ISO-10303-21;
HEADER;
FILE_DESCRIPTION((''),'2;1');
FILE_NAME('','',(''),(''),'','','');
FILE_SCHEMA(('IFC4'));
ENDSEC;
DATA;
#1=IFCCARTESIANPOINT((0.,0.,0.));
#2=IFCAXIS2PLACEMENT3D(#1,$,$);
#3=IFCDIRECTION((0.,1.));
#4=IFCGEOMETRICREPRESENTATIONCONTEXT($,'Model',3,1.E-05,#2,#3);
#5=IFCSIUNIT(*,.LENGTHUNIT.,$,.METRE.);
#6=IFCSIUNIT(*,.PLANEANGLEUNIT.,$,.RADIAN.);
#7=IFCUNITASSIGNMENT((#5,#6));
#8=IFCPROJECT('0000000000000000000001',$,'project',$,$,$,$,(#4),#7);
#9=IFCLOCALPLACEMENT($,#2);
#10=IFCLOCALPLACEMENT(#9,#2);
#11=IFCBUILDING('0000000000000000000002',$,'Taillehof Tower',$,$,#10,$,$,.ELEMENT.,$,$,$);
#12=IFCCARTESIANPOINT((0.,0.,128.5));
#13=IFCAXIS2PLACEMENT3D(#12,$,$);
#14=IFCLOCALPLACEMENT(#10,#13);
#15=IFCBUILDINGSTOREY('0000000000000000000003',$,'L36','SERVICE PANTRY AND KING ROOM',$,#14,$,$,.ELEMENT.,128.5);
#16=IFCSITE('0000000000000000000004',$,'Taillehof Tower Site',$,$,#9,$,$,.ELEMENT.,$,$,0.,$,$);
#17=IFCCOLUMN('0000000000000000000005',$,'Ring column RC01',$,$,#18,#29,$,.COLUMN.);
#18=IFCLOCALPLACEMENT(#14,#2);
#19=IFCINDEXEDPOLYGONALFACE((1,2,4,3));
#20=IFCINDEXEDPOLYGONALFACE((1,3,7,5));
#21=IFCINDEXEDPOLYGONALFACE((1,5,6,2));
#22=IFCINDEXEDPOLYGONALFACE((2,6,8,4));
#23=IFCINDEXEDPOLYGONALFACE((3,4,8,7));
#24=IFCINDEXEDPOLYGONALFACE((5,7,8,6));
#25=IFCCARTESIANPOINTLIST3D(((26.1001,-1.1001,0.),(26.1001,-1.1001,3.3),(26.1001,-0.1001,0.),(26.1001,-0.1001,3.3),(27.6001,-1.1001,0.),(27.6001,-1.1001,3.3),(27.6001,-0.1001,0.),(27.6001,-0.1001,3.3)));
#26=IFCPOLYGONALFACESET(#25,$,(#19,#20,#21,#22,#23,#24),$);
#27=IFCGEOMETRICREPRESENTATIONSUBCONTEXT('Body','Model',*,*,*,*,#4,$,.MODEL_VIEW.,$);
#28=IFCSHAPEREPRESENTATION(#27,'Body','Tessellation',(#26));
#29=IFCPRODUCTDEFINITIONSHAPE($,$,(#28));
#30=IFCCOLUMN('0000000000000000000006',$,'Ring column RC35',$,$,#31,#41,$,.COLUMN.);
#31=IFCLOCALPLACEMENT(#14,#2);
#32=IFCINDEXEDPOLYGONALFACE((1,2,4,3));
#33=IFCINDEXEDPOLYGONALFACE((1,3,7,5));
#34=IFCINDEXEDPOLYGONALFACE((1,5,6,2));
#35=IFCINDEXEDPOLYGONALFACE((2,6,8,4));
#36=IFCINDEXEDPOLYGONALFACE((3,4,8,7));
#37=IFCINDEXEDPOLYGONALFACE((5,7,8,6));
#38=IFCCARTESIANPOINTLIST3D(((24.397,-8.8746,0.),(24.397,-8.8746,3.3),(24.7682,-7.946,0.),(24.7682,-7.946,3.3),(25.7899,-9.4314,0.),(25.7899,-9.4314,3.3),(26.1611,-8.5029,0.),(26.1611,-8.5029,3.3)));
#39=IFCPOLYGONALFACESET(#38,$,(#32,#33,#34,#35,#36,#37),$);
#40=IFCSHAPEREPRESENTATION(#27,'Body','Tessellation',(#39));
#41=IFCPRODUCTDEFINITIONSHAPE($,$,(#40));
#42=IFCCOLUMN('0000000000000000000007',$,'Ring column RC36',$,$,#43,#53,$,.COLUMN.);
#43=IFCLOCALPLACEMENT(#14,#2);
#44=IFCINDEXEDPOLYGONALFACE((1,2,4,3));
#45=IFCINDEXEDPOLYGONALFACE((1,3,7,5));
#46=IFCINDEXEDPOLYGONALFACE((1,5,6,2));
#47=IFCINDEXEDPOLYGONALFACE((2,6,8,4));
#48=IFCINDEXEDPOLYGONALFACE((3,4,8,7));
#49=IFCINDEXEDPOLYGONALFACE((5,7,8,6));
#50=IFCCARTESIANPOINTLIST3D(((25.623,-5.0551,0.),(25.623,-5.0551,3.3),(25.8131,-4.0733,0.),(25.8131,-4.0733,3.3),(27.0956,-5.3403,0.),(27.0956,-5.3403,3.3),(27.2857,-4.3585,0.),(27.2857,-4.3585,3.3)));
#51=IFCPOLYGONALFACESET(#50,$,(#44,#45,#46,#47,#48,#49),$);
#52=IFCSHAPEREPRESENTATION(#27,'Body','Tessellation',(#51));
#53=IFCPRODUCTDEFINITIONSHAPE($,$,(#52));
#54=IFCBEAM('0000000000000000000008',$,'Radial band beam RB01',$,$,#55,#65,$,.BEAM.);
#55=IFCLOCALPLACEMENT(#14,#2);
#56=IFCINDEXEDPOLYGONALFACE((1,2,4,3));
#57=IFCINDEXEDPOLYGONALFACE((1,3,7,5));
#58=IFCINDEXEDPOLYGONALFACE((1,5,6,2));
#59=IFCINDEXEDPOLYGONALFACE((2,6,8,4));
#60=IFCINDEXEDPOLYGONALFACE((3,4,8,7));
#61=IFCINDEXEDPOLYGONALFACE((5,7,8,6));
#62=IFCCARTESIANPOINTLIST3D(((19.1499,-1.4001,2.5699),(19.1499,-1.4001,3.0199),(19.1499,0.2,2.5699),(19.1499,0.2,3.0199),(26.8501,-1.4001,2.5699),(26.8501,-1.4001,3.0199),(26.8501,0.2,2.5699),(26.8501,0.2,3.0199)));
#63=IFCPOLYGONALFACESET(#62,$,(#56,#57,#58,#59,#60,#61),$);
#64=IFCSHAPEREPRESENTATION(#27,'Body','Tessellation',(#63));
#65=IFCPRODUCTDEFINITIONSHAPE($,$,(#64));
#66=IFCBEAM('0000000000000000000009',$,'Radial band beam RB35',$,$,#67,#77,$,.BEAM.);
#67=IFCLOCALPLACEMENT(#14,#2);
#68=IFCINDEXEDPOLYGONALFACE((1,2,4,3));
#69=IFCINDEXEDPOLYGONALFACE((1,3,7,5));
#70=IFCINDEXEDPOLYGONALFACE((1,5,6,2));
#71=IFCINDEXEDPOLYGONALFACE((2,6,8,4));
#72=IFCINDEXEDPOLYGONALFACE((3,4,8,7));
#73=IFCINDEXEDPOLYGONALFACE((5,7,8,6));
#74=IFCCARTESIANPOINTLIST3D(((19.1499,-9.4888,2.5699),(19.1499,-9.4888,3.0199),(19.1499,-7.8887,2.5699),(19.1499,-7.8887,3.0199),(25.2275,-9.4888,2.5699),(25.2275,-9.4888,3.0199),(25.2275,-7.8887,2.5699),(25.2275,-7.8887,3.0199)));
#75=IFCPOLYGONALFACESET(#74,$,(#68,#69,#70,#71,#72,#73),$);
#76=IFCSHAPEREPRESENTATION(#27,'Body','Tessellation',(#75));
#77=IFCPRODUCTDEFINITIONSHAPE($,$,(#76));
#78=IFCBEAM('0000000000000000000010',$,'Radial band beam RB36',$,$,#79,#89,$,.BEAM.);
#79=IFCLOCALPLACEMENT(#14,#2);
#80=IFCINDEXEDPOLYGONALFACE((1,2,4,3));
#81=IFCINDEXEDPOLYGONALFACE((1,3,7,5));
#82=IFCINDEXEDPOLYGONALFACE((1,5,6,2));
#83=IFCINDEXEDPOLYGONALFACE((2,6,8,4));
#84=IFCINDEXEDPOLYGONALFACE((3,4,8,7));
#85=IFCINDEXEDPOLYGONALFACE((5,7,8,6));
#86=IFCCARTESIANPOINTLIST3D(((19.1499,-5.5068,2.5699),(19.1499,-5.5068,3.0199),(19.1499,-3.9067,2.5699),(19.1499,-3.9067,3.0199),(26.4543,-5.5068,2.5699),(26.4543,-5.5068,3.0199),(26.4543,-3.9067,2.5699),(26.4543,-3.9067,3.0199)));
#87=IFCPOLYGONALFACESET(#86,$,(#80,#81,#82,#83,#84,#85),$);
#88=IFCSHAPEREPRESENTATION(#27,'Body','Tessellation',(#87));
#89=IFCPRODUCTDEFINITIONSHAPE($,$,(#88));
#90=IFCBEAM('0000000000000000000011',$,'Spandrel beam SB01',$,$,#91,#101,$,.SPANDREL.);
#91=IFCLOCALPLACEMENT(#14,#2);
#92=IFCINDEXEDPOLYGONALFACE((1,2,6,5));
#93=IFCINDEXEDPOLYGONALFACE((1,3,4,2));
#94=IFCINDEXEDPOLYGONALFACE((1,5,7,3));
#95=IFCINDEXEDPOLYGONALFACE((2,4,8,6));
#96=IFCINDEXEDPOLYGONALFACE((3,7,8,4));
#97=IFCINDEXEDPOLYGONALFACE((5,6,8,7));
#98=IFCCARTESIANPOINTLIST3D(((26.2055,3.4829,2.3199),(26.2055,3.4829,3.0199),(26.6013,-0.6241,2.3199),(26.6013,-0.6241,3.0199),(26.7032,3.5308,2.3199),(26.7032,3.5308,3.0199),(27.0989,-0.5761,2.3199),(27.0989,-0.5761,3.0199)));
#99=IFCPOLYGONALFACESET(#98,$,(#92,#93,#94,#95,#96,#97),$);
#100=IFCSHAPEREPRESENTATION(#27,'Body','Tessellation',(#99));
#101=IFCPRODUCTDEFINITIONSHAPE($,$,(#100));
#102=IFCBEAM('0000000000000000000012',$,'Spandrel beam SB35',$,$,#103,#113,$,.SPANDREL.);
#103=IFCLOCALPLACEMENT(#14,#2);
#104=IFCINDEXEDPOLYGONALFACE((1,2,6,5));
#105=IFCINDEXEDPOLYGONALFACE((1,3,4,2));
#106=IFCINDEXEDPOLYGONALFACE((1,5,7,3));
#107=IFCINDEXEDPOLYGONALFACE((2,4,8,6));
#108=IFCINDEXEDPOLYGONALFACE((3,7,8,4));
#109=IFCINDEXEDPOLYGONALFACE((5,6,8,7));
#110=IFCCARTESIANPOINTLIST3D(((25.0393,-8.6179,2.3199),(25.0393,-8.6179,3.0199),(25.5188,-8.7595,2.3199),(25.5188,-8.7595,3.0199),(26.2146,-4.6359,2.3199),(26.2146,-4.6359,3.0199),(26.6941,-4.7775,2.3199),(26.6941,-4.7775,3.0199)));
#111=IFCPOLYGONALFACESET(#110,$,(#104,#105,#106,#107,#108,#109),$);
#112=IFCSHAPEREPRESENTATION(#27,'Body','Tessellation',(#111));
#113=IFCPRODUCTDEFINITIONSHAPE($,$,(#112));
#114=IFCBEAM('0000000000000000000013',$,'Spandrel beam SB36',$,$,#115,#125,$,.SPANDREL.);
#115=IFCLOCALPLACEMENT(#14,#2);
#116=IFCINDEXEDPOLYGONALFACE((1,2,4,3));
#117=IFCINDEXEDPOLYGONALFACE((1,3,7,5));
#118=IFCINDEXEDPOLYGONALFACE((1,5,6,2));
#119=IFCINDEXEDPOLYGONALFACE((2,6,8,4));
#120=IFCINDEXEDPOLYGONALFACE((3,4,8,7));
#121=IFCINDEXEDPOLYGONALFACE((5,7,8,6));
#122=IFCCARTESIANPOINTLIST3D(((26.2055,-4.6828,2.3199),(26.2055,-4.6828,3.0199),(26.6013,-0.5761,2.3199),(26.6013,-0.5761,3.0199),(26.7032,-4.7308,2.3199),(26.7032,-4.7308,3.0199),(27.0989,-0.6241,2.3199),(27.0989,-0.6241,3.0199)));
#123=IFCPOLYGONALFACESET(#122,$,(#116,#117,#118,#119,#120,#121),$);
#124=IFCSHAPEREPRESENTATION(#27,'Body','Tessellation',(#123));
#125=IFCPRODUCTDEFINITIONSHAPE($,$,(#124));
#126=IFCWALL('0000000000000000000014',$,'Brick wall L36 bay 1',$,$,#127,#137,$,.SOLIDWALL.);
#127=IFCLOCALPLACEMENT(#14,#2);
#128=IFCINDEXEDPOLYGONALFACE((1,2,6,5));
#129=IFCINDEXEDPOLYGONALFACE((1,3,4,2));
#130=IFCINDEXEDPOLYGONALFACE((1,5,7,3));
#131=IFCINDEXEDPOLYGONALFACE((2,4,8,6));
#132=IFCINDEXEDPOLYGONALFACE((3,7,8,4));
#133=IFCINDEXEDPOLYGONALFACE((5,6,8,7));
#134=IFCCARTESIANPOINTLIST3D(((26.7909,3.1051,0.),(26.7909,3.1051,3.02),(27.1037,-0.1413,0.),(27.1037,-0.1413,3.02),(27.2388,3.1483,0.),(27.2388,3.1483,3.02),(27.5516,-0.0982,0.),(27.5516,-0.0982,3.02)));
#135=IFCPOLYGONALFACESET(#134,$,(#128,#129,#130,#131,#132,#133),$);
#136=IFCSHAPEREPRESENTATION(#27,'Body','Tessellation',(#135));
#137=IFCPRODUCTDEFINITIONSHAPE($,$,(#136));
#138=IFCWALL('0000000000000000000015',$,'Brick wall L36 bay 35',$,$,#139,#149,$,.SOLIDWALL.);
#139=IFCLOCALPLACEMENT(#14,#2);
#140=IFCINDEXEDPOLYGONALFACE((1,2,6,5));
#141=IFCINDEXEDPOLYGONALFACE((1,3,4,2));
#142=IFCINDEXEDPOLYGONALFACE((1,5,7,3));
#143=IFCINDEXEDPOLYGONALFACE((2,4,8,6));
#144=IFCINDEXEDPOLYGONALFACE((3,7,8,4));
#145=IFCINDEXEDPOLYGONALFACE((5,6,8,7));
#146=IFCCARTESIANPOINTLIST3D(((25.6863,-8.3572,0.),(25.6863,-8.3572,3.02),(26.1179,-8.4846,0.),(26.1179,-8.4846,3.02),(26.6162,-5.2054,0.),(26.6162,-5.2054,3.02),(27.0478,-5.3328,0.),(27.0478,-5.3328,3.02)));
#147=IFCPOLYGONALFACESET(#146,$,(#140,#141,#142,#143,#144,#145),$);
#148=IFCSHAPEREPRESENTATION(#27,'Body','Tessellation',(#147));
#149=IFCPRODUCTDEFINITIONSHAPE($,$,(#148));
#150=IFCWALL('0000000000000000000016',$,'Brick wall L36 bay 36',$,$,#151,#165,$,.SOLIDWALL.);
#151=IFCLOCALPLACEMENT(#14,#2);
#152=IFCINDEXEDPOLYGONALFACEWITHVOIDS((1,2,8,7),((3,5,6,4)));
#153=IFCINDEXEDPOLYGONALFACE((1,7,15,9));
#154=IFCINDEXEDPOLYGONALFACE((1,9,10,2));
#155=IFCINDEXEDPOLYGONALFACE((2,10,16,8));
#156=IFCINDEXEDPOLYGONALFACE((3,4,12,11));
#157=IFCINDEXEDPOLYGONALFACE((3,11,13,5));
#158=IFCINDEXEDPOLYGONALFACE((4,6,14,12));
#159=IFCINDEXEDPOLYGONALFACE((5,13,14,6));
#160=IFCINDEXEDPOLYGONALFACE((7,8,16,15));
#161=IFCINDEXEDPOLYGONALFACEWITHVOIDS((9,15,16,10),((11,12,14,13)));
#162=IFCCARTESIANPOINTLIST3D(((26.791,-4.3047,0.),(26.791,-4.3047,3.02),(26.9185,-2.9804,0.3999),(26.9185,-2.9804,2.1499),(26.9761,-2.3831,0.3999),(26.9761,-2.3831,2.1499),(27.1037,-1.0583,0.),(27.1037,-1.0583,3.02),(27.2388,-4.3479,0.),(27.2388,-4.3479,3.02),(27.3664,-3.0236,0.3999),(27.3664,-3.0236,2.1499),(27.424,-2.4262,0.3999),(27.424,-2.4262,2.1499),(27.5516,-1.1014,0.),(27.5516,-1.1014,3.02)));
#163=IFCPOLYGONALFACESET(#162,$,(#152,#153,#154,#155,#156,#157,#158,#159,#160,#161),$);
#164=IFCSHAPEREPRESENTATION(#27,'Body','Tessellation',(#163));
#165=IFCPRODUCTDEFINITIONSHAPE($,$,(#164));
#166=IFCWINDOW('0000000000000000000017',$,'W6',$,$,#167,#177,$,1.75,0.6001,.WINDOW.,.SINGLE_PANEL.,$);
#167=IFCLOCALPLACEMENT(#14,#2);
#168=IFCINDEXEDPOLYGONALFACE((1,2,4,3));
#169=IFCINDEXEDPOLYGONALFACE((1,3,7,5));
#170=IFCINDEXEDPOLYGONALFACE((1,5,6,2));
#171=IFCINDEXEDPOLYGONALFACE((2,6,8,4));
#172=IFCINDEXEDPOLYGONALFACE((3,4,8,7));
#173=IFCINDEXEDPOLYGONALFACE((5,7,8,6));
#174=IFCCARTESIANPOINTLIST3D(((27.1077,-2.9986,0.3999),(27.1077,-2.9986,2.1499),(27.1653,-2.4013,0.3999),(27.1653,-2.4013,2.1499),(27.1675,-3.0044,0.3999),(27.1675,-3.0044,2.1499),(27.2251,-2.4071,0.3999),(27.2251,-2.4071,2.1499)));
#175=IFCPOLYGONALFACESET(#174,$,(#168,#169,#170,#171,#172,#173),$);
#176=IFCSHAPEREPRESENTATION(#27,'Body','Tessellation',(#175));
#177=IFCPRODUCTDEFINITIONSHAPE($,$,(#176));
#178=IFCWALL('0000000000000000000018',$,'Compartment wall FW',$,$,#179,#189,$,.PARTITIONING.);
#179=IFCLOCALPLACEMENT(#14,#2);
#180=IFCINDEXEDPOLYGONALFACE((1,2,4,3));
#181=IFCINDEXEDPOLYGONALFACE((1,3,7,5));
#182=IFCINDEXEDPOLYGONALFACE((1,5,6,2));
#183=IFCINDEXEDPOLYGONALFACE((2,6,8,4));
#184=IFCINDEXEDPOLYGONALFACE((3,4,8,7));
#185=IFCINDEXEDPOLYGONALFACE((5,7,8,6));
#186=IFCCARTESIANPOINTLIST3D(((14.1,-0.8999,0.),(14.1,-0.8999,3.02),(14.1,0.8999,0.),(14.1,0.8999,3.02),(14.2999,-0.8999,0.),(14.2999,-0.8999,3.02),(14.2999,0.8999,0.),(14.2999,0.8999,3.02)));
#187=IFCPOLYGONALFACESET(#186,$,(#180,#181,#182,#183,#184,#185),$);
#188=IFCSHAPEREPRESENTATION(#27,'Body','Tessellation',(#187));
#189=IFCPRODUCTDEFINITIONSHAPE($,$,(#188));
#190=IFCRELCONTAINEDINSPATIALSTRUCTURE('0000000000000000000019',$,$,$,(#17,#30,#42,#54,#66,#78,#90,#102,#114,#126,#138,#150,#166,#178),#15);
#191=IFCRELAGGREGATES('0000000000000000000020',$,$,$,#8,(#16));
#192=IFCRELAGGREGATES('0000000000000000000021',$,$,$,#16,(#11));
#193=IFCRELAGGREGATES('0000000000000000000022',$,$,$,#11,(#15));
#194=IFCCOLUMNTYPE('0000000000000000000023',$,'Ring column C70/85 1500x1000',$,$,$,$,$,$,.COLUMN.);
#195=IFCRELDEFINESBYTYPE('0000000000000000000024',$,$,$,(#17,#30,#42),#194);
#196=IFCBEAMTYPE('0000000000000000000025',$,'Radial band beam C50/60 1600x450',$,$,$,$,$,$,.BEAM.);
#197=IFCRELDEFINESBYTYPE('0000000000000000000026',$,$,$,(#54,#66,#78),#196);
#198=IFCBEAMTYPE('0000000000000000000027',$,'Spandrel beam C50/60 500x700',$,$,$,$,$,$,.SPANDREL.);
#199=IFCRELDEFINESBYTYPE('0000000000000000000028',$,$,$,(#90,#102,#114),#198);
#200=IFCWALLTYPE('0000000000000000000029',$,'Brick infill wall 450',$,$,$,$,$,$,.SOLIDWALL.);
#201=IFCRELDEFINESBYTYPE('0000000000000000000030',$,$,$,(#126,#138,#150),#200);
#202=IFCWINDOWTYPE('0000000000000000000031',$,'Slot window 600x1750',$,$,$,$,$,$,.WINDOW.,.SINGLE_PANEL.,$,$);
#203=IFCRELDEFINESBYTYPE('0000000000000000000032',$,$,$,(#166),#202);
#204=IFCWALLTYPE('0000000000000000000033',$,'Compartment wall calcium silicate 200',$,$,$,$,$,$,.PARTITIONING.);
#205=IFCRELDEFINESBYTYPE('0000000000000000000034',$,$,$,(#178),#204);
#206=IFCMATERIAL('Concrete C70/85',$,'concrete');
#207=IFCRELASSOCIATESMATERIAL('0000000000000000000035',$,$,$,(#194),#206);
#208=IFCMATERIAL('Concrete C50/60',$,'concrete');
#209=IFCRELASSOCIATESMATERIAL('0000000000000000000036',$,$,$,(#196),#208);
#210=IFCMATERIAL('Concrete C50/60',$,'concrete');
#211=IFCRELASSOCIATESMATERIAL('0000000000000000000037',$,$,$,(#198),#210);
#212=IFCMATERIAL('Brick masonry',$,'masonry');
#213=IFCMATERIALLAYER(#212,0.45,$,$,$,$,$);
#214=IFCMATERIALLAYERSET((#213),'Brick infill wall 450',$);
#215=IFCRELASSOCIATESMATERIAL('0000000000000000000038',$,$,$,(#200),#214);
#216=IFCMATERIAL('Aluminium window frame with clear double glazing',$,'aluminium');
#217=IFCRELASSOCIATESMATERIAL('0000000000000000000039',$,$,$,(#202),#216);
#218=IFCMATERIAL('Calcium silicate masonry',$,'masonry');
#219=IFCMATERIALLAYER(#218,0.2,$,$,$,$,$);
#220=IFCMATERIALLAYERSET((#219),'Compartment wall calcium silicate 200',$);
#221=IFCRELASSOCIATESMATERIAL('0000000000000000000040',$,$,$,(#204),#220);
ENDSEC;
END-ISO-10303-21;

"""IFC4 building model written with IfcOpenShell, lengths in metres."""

from ifc_helpers import new_model, si_unit, direction, frame, frame_2d, origin, origin_2d, place, context, subcontext, project, spatial, rectangle, extrude, material, layer, layer_set, material_profile, profile_set, type_object, element, fill, save


model = new_model("IFC4")

# Units and contexts
model_context = context("Model", 3, precision=1e-05, world=origin(), true_north=direction((0.0, 1.0)))
body_context = subcontext(model_context, "Body", "Model", "MODEL_VIEW")
ifc_project = project(units=[si_unit("LENGTHUNIT", "METRE"), si_unit("PLANEANGLEUNIT", "RADIAN")], contexts=[model_context])

# Site, building, storey
site_placement = place(None, origin())
site = spatial("IfcSite", under=ifc_project, at=site_placement, Name="Taillehof Tower Site", CompositionType="ELEMENT", RefElevation=0.0)
building_placement = place(site_placement, origin())
building = spatial("IfcBuilding", under=site, at=building_placement, Name="Taillehof Tower", CompositionType="ELEMENT")
storey_placement = place(building_placement, frame((0.0, 0.0, 128.5)))
storey = spatial("IfcBuildingStorey", under=building, at=storey_placement, Name="L36", Description="SERVICE PANTRY AND KING ROOM", CompositionType="ELEMENT", Elevation=128.5)

# Columns
ifc_material_1 = material(Name="Concrete C70/85", Category="concrete")
ifc_material_profile_1 = material_profile(ifc_material_1, rectangle(XDim=1.5, YDim=1.0, at=origin_2d()), Name="RC 1500x1000")
ifc_profile_set_1 = profile_set([ifc_material_profile_1], Name="Concrete C70/85")
column_type = type_object("IfcColumnType", Name="Ring column C70/85 1500x1000", PredefinedType="COLUMN", material=ifc_profile_set_1)
for number, where, z_axis, x_axis, name in (
    (1, (26.8501, -0.6001, 0.0), (0.0, 0.0, 1.0), (1.0, 0.0, 0.0), "Ring column RC01"),
    (2, (25.2791, -8.6887, 0.0), (0.0, 0.0, 1.0), (0.92855, -0.371207, 0.0), "Ring column RC35"),
    (3, (26.4543, -4.7068, 0.0), (0.0, 0.0, 1.0), (0.981757, -0.190138, 0.0), "Ring column RC36"),
):
    element("IfcColumn", number, at=place(storey_placement, frame(where, z_axis=z_axis, x_axis=x_axis)), inside=storey, type_object=column_type, Name=name, PredefinedType="COLUMN", context=body_context, shape_type="SweptSolid", body=[
        extrude(rectangle(XDim=1.5, YDim=1.0, at=origin_2d()), origin(), (0.0, 0.0, 1.0), 3.3),
    ])

# Beams
ifc_material_2 = material(Name="Concrete C50/60", Category="concrete")
ifc_material_profile_2 = material_profile(ifc_material_2, rectangle(XDim=1.6001, YDim=0.45, at=origin_2d()), Name="RC 1600x450")
ifc_profile_set_2 = profile_set([ifc_material_profile_2], Name="Concrete C50/60")
beam_type_1 = type_object("IfcBeamType", Name="Radial band beam C50/60 1600x450", PredefinedType="BEAM", material=ifc_profile_set_2)
beam_1_placement = place(storey_placement, frame((26.8501, -0.6001, 2.7949), z_axis=(-1.0, 0.0, 0.0), x_axis=(0.0, -1.0, 0.0)))
element("IfcBeam", 4, at=beam_1_placement, inside=storey, type_object=beam_type_1, Name="Radial band beam RB01", PredefinedType="BEAM", context=body_context, shape_type="SweptSolid", body=[
    extrude(rectangle(XDim=1.6001, YDim=0.45, at=origin_2d()), origin(), (0.0, 0.0, 1.0), 7.7002),
])
beam_2_placement = place(storey_placement, frame((25.2275, -8.6887, 2.7949), z_axis=(-1.0, 0.0, 0.0), x_axis=(0.0, -1.0, 0.0)))
element("IfcBeam", 5, at=beam_2_placement, inside=storey, type_object=beam_type_1, Name="Radial band beam RB35", PredefinedType="BEAM", context=body_context, shape_type="SweptSolid", body=[
    extrude(rectangle(XDim=1.6001, YDim=0.45, at=origin_2d()), origin(), (0.0, 0.0, 1.0), 6.0776),
])
beam_3_placement = place(storey_placement, frame((26.4543, -4.7068, 2.7949), z_axis=(-1.0, 0.0, 0.0), x_axis=(0.0, -1.0, 0.0)))
element("IfcBeam", 6, at=beam_3_placement, inside=storey, type_object=beam_type_1, Name="Radial band beam RB36", PredefinedType="BEAM", context=body_context, shape_type="SweptSolid", body=[
    extrude(rectangle(XDim=1.6001, YDim=0.45, at=origin_2d()), origin(), (0.0, 0.0, 1.0), 7.3044),
])
ifc_material_3 = material(Name="Concrete C50/60", Category="concrete")
ifc_material_profile_3 = material_profile(ifc_material_3, rectangle(XDim=0.5, YDim=0.7, at=origin_2d()), Name="RC 500x700")
ifc_profile_set_3 = profile_set([ifc_material_profile_3], Name="Concrete C50/60")
beam_type_2 = type_object("IfcBeamType", Name="Spandrel beam C50/60 500x700", PredefinedType="SPANDREL", material=ifc_profile_set_3)
beam_4_placement = place(storey_placement, frame((26.8501, -0.6001, 2.6699), z_axis=(-0.095918, 0.995389, 0.0), x_axis=(-0.995389, -0.095918, 0.0)))
element("IfcBeam", 7, at=beam_4_placement, inside=storey, type_object=beam_type_2, Name="Spandrel beam SB01", PredefinedType="SPANDREL", context=body_context, shape_type="SweptSolid", body=[
    extrude(rectangle(XDim=0.5, YDim=0.7, at=origin_2d()), origin(), (0.0, 0.0, 1.0), 4.126),
])
beam_5_placement = place(storey_placement, frame((25.2791, -8.6887, 2.6699), z_axis=(0.283083, 0.959095, 0.0), x_axis=(-0.959095, 0.283083, 0.0)))
element("IfcBeam", 8, at=beam_5_placement, inside=storey, type_object=beam_type_2, Name="Spandrel beam SB35", PredefinedType="SPANDREL", context=body_context, shape_type="SweptSolid", body=[
    extrude(rectangle(XDim=0.5, YDim=0.7, at=origin_2d()), origin(), (0.0, 0.0, 1.0), 4.1519),
])
beam_6_placement = place(storey_placement, frame((26.4543, -4.7068, 2.6699), z_axis=(0.095923, 0.995389, 0.0), x_axis=(-0.995389, 0.095923, 0.0)))
element("IfcBeam", 9, at=beam_6_placement, inside=storey, type_object=beam_type_2, Name="Spandrel beam SB36", PredefinedType="SPANDREL", context=body_context, shape_type="SweptSolid", body=[
    extrude(rectangle(XDim=0.5, YDim=0.7, at=origin_2d()), origin(), (0.0, 0.0, 1.0), 4.1257),
])

# Walls
ifc_material_4 = material(Name="Brick masonry", Category="masonry")
ifc_layer_1 = layer(ifc_material_4, 0.45)
ifc_layer_set_1 = layer_set([ifc_layer_1], Name="Brick infill wall 450")
wall_type_1 = type_object("IfcWallType", Name="Brick infill wall 450", PredefinedType="SOLIDWALL", material=ifc_layer_set_1)
wall_1_placement = place(storey_placement, frame((27.3276, -0.1199, 0.0), z_axis=(0.0, 0.0, 1.0), x_axis=(-0.095894, 0.995392, 0.0)))
element("IfcWall", 10, at=wall_1_placement, inside=storey, type_object=wall_type_1, Name="Brick wall L36 bay 1", PredefinedType="SOLIDWALL", context=body_context, shape_type="SweptSolid", body=[
    extrude(rectangle(XDim=3.2615, YDim=0.45, at=frame_2d((1.6309, 0.0))), origin(), (0.0, 0.0, 1.0), 3.02),
])
wall_2_placement = place(storey_placement, frame((25.9021, -8.4209, 0.0), z_axis=(0.0, 0.0, 1.0), x_axis=(0.282983, 0.959125, 0.0)))
element("IfcWall", 11, at=wall_2_placement, inside=storey, type_object=wall_type_1, Name="Brick wall L36 bay 35", PredefinedType="SOLIDWALL", context=body_context, shape_type="SweptSolid", body=[
    extrude(rectangle(XDim=3.2861, YDim=0.45, at=frame_2d((1.6431, 0.0))), origin(), (0.0, 0.0, 1.0), 3.02),
])

# Wall, opening, window
wall_3_placement = place(storey_placement, frame((27.0149, -4.3264, 0.0), z_axis=(0.0, 0.0, 1.0), x_axis=(0.095894, 0.995392, 0.0)))
wall_3 = element("IfcWall", 12, at=wall_3_placement, inside=storey, type_object=wall_type_1, Name="Brick wall L36 bay 36", PredefinedType="SOLIDWALL", context=body_context, shape_type="SweptSolid", body=[
    extrude(rectangle(XDim=3.2615, YDim=0.45, at=frame_2d((1.6309, 0.0))), origin(), (0.0, 0.0, 1.0), 3.02),
])
opening_1_placement = place(wall_3_placement, frame((1.3306, 0.0, 0.3999)))
opening_1 = element("IfcOpeningElement", 13, at=opening_1_placement, cuts=wall_3, PredefinedType="OPENING", context=body_context, shape_type="SweptSolid", body=[
    extrude(rectangle(XDim=0.6001, YDim=1.75, at=frame_2d((0.3, 0.875))), frame((0.0, 0.2349, 0.0), z_axis=(0.0, -1.0, 0.0), x_axis=(1.0, 0.0, 0.0)), (0.0, 0.0, 1.0), 0.47),
])
ifc_material_5 = material(Name="Aluminium window frame with clear double glazing", Category="aluminium")
window_type = type_object("IfcWindowType", Name="Slot window 600x1750", PartitioningType="SINGLE_PANEL", PredefinedType="WINDOW", material=ifc_material_5)
window_placement = place(opening_1_placement, origin())
window = element("IfcWindow", 14, at=window_placement, inside=storey, type_object=window_type, Name="W6", OverallHeight=1.75, OverallWidth=0.6001, PartitioningType="SINGLE_PANEL", PredefinedType="WINDOW", context=body_context, shape_type="SweptSolid", body=[
    extrude(rectangle(XDim=0.6001, YDim=1.75, at=frame_2d((0.3, 0.875))), frame((0.0, 0.0349, 0.0), z_axis=(0.0, -1.0, 0.0), x_axis=(1.0, 0.0, 0.0)), (0.0, 0.0, 1.0), 0.0601),
])
fill(opening_1, window)

# Wall
ifc_material_6 = material(Name="Calcium silicate masonry", Category="masonry")
ifc_layer_2 = layer(ifc_material_6, 0.2)
ifc_layer_set_2 = layer_set([ifc_layer_2], Name="Compartment wall calcium silicate 200")
wall_type_2 = type_object("IfcWallType", Name="Compartment wall calcium silicate 200", PredefinedType="PARTITIONING", material=ifc_layer_set_2)
wall_4_placement = place(storey_placement, frame((14.2, -0.8999, 0.0), z_axis=(0.0, 0.0, 1.0), x_axis=(0.0, 1.0, 0.0)))
element("IfcWall", 15, at=wall_4_placement, inside=storey, type_object=wall_type_2, Name="Compartment wall FW", PredefinedType="PARTITIONING", context=body_context, shape_type="SweptSolid", body=[
    extrude(rectangle(XDim=1.7998, YDim=0.2, at=frame_2d((0.8999, 0.0))), origin(), (0.0, 0.0, 1.0), 3.02),
])

save(model, "model.ifc")
